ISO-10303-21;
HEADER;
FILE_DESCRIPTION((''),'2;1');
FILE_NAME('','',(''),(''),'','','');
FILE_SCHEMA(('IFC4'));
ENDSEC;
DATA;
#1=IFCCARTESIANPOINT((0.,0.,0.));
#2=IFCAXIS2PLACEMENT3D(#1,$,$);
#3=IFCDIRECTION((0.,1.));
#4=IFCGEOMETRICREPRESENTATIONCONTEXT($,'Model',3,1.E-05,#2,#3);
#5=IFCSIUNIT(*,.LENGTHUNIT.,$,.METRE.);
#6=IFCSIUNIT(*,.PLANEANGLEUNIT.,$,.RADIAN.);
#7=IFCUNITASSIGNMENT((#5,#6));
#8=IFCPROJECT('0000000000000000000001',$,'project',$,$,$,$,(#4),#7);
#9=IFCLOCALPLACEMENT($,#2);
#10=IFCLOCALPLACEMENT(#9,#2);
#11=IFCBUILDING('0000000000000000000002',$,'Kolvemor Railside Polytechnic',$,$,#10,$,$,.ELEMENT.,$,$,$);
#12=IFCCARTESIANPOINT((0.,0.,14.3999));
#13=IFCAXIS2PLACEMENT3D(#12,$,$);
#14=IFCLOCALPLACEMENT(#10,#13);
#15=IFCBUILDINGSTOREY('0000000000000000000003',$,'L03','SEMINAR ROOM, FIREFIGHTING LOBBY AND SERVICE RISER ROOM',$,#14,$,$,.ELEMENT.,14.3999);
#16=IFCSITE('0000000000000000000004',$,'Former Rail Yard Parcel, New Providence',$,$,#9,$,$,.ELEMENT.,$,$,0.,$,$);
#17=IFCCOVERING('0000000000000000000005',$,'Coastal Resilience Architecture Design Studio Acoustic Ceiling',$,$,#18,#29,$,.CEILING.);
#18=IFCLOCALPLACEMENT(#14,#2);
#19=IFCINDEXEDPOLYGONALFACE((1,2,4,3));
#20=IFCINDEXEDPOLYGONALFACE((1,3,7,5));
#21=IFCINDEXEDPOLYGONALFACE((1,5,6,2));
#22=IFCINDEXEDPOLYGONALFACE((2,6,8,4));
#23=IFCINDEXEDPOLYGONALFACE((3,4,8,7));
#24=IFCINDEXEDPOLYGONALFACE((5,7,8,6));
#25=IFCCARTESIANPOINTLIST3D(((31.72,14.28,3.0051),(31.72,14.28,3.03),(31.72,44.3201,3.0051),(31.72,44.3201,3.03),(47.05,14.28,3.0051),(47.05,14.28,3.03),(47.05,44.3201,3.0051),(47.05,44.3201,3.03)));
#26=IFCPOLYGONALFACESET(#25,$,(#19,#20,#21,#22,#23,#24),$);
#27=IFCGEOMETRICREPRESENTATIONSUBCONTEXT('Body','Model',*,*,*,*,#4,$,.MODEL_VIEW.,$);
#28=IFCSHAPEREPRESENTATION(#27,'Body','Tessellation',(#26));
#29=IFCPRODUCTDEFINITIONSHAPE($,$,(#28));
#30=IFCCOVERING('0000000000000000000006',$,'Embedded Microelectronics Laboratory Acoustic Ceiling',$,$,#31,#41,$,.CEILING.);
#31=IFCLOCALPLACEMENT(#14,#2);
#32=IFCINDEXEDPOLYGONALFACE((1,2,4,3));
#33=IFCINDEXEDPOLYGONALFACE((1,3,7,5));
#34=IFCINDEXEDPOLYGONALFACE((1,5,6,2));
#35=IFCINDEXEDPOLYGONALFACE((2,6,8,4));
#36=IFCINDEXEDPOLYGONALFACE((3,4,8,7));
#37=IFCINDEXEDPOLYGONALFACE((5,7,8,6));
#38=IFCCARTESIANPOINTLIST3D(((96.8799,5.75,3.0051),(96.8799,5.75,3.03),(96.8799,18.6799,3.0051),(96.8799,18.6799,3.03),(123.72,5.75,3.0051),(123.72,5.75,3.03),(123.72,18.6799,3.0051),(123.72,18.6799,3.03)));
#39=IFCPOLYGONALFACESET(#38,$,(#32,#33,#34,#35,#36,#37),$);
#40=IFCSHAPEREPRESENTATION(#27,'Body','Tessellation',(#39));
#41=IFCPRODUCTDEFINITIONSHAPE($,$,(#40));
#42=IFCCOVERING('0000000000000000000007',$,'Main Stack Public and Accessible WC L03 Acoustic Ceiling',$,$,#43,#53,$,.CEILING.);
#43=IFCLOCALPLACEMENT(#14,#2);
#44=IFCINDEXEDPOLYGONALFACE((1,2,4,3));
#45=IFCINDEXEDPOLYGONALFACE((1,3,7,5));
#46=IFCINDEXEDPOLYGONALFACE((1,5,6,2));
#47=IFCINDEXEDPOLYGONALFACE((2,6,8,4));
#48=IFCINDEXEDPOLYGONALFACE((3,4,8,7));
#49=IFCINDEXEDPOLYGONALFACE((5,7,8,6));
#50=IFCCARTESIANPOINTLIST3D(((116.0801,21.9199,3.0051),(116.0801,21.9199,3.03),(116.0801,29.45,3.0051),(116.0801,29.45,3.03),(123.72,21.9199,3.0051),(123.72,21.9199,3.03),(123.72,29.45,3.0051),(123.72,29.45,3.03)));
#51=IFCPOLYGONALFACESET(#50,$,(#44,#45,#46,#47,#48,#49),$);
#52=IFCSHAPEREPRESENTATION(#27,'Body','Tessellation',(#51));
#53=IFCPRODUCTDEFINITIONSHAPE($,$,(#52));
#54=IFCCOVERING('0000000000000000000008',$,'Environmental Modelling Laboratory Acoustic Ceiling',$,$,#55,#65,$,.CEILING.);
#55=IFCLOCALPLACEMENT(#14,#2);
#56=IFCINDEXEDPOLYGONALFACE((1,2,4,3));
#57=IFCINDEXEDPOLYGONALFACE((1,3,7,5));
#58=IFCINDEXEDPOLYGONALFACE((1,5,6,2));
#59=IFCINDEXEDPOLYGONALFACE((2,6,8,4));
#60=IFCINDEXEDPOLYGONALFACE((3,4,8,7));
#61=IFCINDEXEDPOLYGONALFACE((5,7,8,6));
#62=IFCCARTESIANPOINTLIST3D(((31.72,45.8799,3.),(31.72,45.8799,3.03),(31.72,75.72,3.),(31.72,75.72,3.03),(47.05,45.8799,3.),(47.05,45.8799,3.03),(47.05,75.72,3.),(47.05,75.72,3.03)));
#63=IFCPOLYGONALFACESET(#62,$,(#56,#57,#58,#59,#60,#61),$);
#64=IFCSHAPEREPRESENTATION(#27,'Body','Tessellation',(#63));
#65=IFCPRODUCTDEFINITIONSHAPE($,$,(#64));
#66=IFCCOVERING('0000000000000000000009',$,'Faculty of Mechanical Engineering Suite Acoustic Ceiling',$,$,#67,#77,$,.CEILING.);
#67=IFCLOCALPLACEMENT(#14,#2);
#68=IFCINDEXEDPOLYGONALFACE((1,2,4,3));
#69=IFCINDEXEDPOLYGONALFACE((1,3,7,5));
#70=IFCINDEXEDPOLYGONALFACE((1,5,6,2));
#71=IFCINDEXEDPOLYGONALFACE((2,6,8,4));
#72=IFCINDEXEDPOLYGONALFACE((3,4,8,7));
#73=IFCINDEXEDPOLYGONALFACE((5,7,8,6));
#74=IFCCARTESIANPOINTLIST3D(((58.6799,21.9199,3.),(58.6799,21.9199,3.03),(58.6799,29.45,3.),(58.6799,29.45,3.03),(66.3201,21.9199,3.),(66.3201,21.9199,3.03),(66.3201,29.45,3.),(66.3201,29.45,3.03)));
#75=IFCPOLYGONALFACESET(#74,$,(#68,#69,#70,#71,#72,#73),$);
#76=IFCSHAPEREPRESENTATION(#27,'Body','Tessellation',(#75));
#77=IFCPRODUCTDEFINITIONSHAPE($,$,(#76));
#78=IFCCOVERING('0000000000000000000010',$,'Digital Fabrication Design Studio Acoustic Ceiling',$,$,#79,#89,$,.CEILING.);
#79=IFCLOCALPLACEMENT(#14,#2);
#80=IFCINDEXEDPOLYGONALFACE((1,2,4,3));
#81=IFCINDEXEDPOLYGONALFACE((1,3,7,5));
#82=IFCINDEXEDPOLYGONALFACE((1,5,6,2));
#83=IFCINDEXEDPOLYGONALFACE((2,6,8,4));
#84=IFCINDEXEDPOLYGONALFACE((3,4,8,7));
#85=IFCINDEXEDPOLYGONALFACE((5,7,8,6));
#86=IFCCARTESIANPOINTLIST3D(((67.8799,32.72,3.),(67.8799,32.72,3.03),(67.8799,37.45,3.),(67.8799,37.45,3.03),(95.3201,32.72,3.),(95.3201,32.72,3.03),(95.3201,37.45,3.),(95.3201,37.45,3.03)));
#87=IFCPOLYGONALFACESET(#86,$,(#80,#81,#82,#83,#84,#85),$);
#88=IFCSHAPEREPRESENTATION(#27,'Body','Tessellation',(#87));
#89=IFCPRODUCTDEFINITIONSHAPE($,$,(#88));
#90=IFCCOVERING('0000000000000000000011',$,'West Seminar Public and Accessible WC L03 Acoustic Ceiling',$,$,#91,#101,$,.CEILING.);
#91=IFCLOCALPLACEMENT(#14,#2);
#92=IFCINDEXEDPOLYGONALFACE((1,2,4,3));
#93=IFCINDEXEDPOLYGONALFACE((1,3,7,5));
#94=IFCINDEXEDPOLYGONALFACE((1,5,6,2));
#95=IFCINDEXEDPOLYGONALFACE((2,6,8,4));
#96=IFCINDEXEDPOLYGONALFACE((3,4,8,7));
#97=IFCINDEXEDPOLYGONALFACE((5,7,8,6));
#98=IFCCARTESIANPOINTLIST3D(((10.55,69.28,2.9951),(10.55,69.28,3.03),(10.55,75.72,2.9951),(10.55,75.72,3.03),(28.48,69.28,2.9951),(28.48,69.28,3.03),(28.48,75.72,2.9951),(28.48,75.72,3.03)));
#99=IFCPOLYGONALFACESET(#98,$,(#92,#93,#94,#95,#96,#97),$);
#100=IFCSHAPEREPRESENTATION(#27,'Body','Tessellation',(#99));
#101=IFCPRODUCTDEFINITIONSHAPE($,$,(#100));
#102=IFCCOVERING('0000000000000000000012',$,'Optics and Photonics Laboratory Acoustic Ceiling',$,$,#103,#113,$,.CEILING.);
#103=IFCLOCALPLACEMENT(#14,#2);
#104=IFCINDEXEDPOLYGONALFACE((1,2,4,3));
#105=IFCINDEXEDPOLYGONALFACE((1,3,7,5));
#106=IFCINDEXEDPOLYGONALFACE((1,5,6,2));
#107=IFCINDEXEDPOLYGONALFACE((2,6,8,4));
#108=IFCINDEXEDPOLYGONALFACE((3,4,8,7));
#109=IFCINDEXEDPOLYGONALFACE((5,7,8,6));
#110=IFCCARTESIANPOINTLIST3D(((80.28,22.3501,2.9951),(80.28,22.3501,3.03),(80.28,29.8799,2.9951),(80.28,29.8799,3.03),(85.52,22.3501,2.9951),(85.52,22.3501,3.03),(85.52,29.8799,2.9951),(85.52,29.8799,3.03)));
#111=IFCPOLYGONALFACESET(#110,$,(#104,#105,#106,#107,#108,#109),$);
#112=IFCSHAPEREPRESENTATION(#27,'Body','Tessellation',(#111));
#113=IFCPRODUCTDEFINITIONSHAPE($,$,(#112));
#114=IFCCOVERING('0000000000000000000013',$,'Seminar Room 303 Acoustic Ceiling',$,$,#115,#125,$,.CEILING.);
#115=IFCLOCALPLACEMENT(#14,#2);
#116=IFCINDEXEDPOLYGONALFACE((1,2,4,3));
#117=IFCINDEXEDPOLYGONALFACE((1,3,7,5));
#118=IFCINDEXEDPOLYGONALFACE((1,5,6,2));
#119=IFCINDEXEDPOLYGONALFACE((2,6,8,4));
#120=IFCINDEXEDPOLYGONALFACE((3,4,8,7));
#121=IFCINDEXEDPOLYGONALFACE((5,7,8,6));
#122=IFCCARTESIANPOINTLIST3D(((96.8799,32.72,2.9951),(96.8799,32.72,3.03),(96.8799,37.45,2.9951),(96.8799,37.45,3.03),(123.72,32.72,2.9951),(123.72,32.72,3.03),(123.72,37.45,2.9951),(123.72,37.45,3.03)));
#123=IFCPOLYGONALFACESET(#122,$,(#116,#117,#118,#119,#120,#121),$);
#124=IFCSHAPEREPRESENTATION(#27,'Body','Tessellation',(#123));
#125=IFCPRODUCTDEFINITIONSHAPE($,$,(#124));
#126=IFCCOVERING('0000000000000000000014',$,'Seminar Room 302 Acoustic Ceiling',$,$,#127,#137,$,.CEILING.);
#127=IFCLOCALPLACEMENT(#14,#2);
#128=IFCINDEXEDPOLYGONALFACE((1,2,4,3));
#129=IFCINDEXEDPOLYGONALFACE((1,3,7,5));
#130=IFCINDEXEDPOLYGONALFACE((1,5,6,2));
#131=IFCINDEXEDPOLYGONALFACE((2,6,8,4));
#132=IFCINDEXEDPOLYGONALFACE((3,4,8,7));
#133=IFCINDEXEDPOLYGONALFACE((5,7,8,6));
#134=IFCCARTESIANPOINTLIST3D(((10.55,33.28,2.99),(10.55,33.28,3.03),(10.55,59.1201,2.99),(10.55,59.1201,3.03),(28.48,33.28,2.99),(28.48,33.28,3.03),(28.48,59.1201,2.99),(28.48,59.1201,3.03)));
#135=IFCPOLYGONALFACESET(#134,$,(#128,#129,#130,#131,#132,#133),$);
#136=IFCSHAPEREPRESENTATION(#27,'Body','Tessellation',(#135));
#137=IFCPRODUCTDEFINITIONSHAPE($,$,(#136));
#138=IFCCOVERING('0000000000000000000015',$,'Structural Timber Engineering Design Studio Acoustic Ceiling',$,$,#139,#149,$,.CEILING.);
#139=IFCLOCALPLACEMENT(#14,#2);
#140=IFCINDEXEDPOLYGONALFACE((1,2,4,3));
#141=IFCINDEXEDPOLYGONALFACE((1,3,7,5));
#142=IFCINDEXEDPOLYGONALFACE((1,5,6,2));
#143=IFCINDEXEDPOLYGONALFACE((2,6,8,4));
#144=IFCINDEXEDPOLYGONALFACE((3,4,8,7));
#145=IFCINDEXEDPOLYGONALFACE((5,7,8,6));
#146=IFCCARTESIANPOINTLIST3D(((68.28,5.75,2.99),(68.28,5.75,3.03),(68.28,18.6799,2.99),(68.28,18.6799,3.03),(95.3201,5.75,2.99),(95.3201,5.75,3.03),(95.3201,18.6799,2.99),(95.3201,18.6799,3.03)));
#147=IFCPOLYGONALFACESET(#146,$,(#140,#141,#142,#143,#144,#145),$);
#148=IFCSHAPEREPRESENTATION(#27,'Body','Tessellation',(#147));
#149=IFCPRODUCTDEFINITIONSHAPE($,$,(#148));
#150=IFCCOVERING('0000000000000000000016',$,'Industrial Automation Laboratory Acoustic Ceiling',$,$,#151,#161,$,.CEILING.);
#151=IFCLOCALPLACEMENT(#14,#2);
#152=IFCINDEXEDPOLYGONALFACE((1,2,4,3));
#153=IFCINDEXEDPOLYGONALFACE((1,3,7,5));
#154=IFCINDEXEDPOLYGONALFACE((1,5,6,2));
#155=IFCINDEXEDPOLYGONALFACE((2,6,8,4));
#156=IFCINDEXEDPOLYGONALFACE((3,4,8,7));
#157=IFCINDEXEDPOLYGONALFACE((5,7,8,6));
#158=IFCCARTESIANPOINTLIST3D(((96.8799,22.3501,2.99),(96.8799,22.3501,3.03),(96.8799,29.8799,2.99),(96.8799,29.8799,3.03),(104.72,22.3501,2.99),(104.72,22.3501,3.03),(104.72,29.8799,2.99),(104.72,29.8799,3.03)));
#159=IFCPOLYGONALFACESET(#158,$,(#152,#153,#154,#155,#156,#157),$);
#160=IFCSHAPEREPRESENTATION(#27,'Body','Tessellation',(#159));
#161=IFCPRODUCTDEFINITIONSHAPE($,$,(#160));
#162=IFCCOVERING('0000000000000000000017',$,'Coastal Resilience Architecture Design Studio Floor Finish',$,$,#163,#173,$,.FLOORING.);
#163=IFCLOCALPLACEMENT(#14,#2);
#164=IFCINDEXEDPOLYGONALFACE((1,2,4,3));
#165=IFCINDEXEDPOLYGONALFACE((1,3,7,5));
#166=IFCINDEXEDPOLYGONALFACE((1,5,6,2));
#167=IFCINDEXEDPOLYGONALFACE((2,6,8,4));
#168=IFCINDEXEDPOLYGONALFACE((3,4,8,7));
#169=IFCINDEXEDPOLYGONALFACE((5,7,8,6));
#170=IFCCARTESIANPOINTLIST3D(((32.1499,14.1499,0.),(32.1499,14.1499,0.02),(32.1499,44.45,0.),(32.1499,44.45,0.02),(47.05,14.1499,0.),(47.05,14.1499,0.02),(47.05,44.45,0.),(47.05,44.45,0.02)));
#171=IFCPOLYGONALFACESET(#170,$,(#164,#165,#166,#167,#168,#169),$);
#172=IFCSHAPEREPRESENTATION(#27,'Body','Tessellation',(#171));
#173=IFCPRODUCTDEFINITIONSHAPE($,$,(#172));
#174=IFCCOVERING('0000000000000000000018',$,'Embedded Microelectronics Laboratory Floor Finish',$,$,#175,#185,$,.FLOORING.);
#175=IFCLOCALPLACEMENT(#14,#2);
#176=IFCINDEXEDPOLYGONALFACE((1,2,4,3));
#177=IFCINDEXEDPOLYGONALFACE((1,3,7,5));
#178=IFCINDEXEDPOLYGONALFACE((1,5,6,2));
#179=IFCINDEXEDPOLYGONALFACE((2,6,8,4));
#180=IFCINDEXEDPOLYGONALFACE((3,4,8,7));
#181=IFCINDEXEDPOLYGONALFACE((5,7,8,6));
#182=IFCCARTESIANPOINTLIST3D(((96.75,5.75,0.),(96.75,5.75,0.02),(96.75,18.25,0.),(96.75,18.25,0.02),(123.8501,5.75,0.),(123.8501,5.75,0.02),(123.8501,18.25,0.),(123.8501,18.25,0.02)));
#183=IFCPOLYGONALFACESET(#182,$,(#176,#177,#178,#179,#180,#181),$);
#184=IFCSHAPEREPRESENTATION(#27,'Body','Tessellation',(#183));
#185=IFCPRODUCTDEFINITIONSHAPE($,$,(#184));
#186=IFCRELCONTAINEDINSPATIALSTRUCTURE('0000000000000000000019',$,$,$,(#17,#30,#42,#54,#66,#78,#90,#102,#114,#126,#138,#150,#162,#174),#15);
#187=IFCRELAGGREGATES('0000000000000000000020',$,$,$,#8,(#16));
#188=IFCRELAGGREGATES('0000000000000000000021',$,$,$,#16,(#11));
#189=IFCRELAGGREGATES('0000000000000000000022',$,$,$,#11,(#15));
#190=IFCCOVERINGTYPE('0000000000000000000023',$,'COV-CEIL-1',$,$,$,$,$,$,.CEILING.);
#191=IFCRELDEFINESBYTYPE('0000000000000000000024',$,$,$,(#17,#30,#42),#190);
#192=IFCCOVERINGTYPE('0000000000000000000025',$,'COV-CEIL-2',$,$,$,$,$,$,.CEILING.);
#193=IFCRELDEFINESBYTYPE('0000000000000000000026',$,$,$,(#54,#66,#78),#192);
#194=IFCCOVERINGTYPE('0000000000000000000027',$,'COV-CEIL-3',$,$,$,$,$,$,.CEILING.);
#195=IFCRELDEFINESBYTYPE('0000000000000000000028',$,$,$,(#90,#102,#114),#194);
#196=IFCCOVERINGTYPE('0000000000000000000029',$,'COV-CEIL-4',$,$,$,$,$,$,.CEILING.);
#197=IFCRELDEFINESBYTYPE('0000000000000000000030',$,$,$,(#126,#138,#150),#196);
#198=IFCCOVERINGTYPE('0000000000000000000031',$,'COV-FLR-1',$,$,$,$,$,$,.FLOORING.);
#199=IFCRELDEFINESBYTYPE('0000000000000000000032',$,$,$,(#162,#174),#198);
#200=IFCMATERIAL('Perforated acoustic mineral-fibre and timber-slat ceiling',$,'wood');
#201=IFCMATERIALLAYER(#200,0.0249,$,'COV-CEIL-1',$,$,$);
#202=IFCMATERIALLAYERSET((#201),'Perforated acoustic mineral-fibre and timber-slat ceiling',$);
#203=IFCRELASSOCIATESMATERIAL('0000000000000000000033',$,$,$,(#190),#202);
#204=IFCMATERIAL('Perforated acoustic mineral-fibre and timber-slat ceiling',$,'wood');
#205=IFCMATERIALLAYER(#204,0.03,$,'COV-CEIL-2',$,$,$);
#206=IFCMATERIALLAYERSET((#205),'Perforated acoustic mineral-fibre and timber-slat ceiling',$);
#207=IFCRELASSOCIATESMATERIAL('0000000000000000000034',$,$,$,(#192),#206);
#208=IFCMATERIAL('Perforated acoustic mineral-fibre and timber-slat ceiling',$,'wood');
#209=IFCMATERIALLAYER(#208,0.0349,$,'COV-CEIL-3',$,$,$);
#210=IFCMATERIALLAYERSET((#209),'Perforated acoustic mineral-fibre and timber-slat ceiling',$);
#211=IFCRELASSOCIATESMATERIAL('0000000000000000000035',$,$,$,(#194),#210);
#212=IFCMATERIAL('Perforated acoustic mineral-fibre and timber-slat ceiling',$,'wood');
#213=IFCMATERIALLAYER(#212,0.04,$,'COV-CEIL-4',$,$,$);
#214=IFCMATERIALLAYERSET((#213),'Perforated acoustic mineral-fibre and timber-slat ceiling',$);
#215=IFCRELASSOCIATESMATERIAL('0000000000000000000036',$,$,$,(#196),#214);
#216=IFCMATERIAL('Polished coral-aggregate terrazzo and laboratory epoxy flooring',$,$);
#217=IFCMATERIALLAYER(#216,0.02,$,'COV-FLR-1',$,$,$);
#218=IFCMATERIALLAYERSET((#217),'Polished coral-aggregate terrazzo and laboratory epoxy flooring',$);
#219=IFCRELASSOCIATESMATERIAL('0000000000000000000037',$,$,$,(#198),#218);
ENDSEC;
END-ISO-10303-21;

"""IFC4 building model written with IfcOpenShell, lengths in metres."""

from ifc_helpers import new_model, si_unit, direction, frame, origin, place, context, subcontext, project, spatial, polyline, outline, extrude, material, layer, layer_set, type_object, element, save


model = new_model("IFC4")

# Units and contexts
model_context = context("Model", 3, precision=1e-05, world=origin(), true_north=direction((0.0, 1.0)))
body_context = subcontext(model_context, "Body", "Model", "MODEL_VIEW")
ifc_project = project(units=[si_unit("LENGTHUNIT", "METRE"), si_unit("PLANEANGLEUNIT", "RADIAN")], contexts=[model_context])

# Site, building, storey
site_placement = place(None, origin())
site = spatial("IfcSite", under=ifc_project, at=site_placement, Name="Former Rail Yard Parcel, New Providence", CompositionType="ELEMENT", RefElevation=0.0)
building_placement = place(site_placement, origin())
building = spatial("IfcBuilding", under=site, at=building_placement, Name="Kolvemor Railside Polytechnic", CompositionType="ELEMENT")
storey_placement = place(building_placement, frame((0.0, 0.0, 14.3999)))
storey = spatial("IfcBuildingStorey", under=building, at=storey_placement, Name="L03", Description="SEMINAR ROOM, FIREFIGHTING LOBBY AND SERVICE RISER ROOM", CompositionType="ELEMENT", Elevation=14.3999)

# Coverings
ifc_material_1 = material(Name="Perforated acoustic mineral-fibre and timber-slat ceiling", Category="wood")
ifc_layer_1 = layer(ifc_material_1, 0.0249, Name="COV-CEIL-1")
ifc_layer_set_1 = layer_set([ifc_layer_1], Name="Perforated acoustic mineral-fibre and timber-slat ceiling")
covering_type_1 = type_object("IfcCoveringType", Name="COV-CEIL-1", PredefinedType="CEILING", material=ifc_layer_set_1)
covering_1_placement = place(storey_placement, frame((0.0, 0.0, 3.0051)))
element("IfcCovering", 1, at=covering_1_placement, inside=storey, type_object=covering_type_1, Name="Coastal Resilience Architecture Design Studio Acoustic Ceiling", PredefinedType="CEILING", context=body_context, shape_type="SweptSolid", body=[
    extrude(outline(polyline([(31.72, 14.28), (47.05, 14.28), (47.05, 44.3201), (31.72, 44.3201), (31.72, 14.28)])), origin(), (0.0, 0.0, 1.0), 0.0249),
])
covering_2_placement = place(storey_placement, frame((0.0, 0.0, 3.0051)))
element("IfcCovering", 2, at=covering_2_placement, inside=storey, type_object=covering_type_1, Name="Embedded Microelectronics Laboratory Acoustic Ceiling", PredefinedType="CEILING", context=body_context, shape_type="SweptSolid", body=[
    extrude(outline(polyline([(96.8799, 5.75), (123.72, 5.75), (123.72, 18.6799), (96.8799, 18.6799), (96.8799, 5.75)])), origin(), (0.0, 0.0, 1.0), 0.0249),
])
covering_3_placement = place(storey_placement, frame((0.0, 0.0, 3.0051)))
element("IfcCovering", 3, at=covering_3_placement, inside=storey, type_object=covering_type_1, Name="Main Stack Public and Accessible WC L03 Acoustic Ceiling", PredefinedType="CEILING", context=body_context, shape_type="SweptSolid", body=[
    extrude(outline(polyline([(116.0801, 21.9199), (123.72, 21.9199), (123.72, 29.45), (116.0801, 29.45), (116.0801, 21.9199)])), origin(), (0.0, 0.0, 1.0), 0.0249),
])
ifc_material_2 = material(Name="Perforated acoustic mineral-fibre and timber-slat ceiling", Category="wood")
ifc_layer_2 = layer(ifc_material_2, 0.03, Name="COV-CEIL-2")
ifc_layer_set_2 = layer_set([ifc_layer_2], Name="Perforated acoustic mineral-fibre and timber-slat ceiling")
covering_type_2 = type_object("IfcCoveringType", Name="COV-CEIL-2", PredefinedType="CEILING", material=ifc_layer_set_2)
covering_4_placement = place(storey_placement, frame((0.0, 0.0, 3.0)))
element("IfcCovering", 4, at=covering_4_placement, inside=storey, type_object=covering_type_2, Name="Environmental Modelling Laboratory Acoustic Ceiling", PredefinedType="CEILING", context=body_context, shape_type="SweptSolid", body=[
    extrude(outline(polyline([(31.72, 45.8799), (47.05, 45.8799), (47.05, 75.72), (31.72, 75.72), (31.72, 45.8799)])), origin(), (0.0, 0.0, 1.0), 0.03),
])
covering_5_placement = place(storey_placement, frame((0.0, 0.0, 3.0)))
element("IfcCovering", 5, at=covering_5_placement, inside=storey, type_object=covering_type_2, Name="Faculty of Mechanical Engineering Suite Acoustic Ceiling", PredefinedType="CEILING", context=body_context, shape_type="SweptSolid", body=[
    extrude(outline(polyline([(58.6799, 21.9199), (66.3201, 21.9199), (66.3201, 29.45), (58.6799, 29.45), (58.6799, 21.9199)])), origin(), (0.0, 0.0, 1.0), 0.03),
])
covering_6_placement = place(storey_placement, frame((0.0, 0.0, 3.0)))
element("IfcCovering", 6, at=covering_6_placement, inside=storey, type_object=covering_type_2, Name="Digital Fabrication Design Studio Acoustic Ceiling", PredefinedType="CEILING", context=body_context, shape_type="SweptSolid", body=[
    extrude(outline(polyline([(67.8799, 32.72), (95.3201, 32.72), (95.3201, 37.45), (67.8799, 37.45), (67.8799, 32.72)])), origin(), (0.0, 0.0, 1.0), 0.03),
])
ifc_material_3 = material(Name="Perforated acoustic mineral-fibre and timber-slat ceiling", Category="wood")
ifc_layer_3 = layer(ifc_material_3, 0.0349, Name="COV-CEIL-3")
ifc_layer_set_3 = layer_set([ifc_layer_3], Name="Perforated acoustic mineral-fibre and timber-slat ceiling")
covering_type_3 = type_object("IfcCoveringType", Name="COV-CEIL-3", PredefinedType="CEILING", material=ifc_layer_set_3)
covering_7_placement = place(storey_placement, frame((0.0, 0.0, 2.9951)))
element("IfcCovering", 7, at=covering_7_placement, inside=storey, type_object=covering_type_3, Name="West Seminar Public and Accessible WC L03 Acoustic Ceiling", PredefinedType="CEILING", context=body_context, shape_type="SweptSolid", body=[
    extrude(outline(polyline([(10.55, 69.28), (28.48, 69.28), (28.48, 75.72), (10.55, 75.72), (10.55, 69.28)])), origin(), (0.0, 0.0, 1.0), 0.0349),
])
covering_8_placement = place(storey_placement, frame((0.0, 0.0, 2.9951)))
element("IfcCovering", 8, at=covering_8_placement, inside=storey, type_object=covering_type_3, Name="Optics and Photonics Laboratory Acoustic Ceiling", PredefinedType="CEILING", context=body_context, shape_type="SweptSolid", body=[
    extrude(outline(polyline([(80.28, 22.3501), (85.52, 22.3501), (85.52, 29.8799), (80.28, 29.8799), (80.28, 22.3501)])), origin(), (0.0, 0.0, 1.0), 0.0349),
])
covering_9_placement = place(storey_placement, frame((0.0, 0.0, 2.9951)))
element("IfcCovering", 9, at=covering_9_placement, inside=storey, type_object=covering_type_3, Name="Seminar Room 303 Acoustic Ceiling", PredefinedType="CEILING", context=body_context, shape_type="SweptSolid", body=[
    extrude(outline(polyline([(96.8799, 32.72), (123.72, 32.72), (123.72, 37.45), (96.8799, 37.45), (96.8799, 32.72)])), origin(), (0.0, 0.0, 1.0), 0.0349),
])
ifc_material_4 = material(Name="Perforated acoustic mineral-fibre and timber-slat ceiling", Category="wood")
ifc_layer_4 = layer(ifc_material_4, 0.04, Name="COV-CEIL-4")
ifc_layer_set_4 = layer_set([ifc_layer_4], Name="Perforated acoustic mineral-fibre and timber-slat ceiling")
covering_type_4 = type_object("IfcCoveringType", Name="COV-CEIL-4", PredefinedType="CEILING", material=ifc_layer_set_4)
covering_10_placement = place(storey_placement, frame((0.0, 0.0, 2.99)))
element("IfcCovering", 10, at=covering_10_placement, inside=storey, type_object=covering_type_4, Name="Seminar Room 302 Acoustic Ceiling", PredefinedType="CEILING", context=body_context, shape_type="SweptSolid", body=[
    extrude(outline(polyline([(10.55, 33.28), (28.48, 33.28), (28.48, 59.1201), (10.55, 59.1201), (10.55, 33.28)])), origin(), (0.0, 0.0, 1.0), 0.04),
])
covering_11_placement = place(storey_placement, frame((0.0, 0.0, 2.99)))
element("IfcCovering", 11, at=covering_11_placement, inside=storey, type_object=covering_type_4, Name="Structural Timber Engineering Design Studio Acoustic Ceiling", PredefinedType="CEILING", context=body_context, shape_type="SweptSolid", body=[
    extrude(outline(polyline([(68.28, 5.75), (95.3201, 5.75), (95.3201, 18.6799), (68.28, 18.6799), (68.28, 5.75)])), origin(), (0.0, 0.0, 1.0), 0.04),
])
covering_12_placement = place(storey_placement, frame((0.0, 0.0, 2.99)))
element("IfcCovering", 12, at=covering_12_placement, inside=storey, type_object=covering_type_4, Name="Industrial Automation Laboratory Acoustic Ceiling", PredefinedType="CEILING", context=body_context, shape_type="SweptSolid", body=[
    extrude(outline(polyline([(96.8799, 22.3501), (104.72, 22.3501), (104.72, 29.8799), (96.8799, 29.8799), (96.8799, 22.3501)])), origin(), (0.0, 0.0, 1.0), 0.04),
])
ifc_material_5 = material(Name="Polished coral-aggregate terrazzo and laboratory epoxy flooring")
ifc_layer_5 = layer(ifc_material_5, 0.02, Name="COV-FLR-1")
ifc_layer_set_5 = layer_set([ifc_layer_5], Name="Polished coral-aggregate terrazzo and laboratory epoxy flooring")
covering_type_5 = type_object("IfcCoveringType", Name="COV-FLR-1", PredefinedType="FLOORING", material=ifc_layer_set_5)
covering_13_placement = place(storey_placement, origin())
element("IfcCovering", 13, at=covering_13_placement, inside=storey, type_object=covering_type_5, Name="Coastal Resilience Architecture Design Studio Floor Finish", PredefinedType="FLOORING", context=body_context, shape_type="SweptSolid", body=[
    extrude(outline(polyline([(32.1499, 14.1499), (47.05, 14.1499), (47.05, 44.45), (32.1499, 44.45), (32.1499, 14.1499)])), origin(), (0.0, 0.0, 1.0), 0.02),
])
covering_14_placement = place(storey_placement, origin())
element("IfcCovering", 14, at=covering_14_placement, inside=storey, type_object=covering_type_5, Name="Embedded Microelectronics Laboratory Floor Finish", PredefinedType="FLOORING", context=body_context, shape_type="SweptSolid", body=[
    extrude(outline(polyline([(96.75, 5.75), (123.8501, 5.75), (123.8501, 18.25), (96.75, 18.25), (96.75, 5.75)])), origin(), (0.0, 0.0, 1.0), 0.02),
])

save(model, "model.ifc")
